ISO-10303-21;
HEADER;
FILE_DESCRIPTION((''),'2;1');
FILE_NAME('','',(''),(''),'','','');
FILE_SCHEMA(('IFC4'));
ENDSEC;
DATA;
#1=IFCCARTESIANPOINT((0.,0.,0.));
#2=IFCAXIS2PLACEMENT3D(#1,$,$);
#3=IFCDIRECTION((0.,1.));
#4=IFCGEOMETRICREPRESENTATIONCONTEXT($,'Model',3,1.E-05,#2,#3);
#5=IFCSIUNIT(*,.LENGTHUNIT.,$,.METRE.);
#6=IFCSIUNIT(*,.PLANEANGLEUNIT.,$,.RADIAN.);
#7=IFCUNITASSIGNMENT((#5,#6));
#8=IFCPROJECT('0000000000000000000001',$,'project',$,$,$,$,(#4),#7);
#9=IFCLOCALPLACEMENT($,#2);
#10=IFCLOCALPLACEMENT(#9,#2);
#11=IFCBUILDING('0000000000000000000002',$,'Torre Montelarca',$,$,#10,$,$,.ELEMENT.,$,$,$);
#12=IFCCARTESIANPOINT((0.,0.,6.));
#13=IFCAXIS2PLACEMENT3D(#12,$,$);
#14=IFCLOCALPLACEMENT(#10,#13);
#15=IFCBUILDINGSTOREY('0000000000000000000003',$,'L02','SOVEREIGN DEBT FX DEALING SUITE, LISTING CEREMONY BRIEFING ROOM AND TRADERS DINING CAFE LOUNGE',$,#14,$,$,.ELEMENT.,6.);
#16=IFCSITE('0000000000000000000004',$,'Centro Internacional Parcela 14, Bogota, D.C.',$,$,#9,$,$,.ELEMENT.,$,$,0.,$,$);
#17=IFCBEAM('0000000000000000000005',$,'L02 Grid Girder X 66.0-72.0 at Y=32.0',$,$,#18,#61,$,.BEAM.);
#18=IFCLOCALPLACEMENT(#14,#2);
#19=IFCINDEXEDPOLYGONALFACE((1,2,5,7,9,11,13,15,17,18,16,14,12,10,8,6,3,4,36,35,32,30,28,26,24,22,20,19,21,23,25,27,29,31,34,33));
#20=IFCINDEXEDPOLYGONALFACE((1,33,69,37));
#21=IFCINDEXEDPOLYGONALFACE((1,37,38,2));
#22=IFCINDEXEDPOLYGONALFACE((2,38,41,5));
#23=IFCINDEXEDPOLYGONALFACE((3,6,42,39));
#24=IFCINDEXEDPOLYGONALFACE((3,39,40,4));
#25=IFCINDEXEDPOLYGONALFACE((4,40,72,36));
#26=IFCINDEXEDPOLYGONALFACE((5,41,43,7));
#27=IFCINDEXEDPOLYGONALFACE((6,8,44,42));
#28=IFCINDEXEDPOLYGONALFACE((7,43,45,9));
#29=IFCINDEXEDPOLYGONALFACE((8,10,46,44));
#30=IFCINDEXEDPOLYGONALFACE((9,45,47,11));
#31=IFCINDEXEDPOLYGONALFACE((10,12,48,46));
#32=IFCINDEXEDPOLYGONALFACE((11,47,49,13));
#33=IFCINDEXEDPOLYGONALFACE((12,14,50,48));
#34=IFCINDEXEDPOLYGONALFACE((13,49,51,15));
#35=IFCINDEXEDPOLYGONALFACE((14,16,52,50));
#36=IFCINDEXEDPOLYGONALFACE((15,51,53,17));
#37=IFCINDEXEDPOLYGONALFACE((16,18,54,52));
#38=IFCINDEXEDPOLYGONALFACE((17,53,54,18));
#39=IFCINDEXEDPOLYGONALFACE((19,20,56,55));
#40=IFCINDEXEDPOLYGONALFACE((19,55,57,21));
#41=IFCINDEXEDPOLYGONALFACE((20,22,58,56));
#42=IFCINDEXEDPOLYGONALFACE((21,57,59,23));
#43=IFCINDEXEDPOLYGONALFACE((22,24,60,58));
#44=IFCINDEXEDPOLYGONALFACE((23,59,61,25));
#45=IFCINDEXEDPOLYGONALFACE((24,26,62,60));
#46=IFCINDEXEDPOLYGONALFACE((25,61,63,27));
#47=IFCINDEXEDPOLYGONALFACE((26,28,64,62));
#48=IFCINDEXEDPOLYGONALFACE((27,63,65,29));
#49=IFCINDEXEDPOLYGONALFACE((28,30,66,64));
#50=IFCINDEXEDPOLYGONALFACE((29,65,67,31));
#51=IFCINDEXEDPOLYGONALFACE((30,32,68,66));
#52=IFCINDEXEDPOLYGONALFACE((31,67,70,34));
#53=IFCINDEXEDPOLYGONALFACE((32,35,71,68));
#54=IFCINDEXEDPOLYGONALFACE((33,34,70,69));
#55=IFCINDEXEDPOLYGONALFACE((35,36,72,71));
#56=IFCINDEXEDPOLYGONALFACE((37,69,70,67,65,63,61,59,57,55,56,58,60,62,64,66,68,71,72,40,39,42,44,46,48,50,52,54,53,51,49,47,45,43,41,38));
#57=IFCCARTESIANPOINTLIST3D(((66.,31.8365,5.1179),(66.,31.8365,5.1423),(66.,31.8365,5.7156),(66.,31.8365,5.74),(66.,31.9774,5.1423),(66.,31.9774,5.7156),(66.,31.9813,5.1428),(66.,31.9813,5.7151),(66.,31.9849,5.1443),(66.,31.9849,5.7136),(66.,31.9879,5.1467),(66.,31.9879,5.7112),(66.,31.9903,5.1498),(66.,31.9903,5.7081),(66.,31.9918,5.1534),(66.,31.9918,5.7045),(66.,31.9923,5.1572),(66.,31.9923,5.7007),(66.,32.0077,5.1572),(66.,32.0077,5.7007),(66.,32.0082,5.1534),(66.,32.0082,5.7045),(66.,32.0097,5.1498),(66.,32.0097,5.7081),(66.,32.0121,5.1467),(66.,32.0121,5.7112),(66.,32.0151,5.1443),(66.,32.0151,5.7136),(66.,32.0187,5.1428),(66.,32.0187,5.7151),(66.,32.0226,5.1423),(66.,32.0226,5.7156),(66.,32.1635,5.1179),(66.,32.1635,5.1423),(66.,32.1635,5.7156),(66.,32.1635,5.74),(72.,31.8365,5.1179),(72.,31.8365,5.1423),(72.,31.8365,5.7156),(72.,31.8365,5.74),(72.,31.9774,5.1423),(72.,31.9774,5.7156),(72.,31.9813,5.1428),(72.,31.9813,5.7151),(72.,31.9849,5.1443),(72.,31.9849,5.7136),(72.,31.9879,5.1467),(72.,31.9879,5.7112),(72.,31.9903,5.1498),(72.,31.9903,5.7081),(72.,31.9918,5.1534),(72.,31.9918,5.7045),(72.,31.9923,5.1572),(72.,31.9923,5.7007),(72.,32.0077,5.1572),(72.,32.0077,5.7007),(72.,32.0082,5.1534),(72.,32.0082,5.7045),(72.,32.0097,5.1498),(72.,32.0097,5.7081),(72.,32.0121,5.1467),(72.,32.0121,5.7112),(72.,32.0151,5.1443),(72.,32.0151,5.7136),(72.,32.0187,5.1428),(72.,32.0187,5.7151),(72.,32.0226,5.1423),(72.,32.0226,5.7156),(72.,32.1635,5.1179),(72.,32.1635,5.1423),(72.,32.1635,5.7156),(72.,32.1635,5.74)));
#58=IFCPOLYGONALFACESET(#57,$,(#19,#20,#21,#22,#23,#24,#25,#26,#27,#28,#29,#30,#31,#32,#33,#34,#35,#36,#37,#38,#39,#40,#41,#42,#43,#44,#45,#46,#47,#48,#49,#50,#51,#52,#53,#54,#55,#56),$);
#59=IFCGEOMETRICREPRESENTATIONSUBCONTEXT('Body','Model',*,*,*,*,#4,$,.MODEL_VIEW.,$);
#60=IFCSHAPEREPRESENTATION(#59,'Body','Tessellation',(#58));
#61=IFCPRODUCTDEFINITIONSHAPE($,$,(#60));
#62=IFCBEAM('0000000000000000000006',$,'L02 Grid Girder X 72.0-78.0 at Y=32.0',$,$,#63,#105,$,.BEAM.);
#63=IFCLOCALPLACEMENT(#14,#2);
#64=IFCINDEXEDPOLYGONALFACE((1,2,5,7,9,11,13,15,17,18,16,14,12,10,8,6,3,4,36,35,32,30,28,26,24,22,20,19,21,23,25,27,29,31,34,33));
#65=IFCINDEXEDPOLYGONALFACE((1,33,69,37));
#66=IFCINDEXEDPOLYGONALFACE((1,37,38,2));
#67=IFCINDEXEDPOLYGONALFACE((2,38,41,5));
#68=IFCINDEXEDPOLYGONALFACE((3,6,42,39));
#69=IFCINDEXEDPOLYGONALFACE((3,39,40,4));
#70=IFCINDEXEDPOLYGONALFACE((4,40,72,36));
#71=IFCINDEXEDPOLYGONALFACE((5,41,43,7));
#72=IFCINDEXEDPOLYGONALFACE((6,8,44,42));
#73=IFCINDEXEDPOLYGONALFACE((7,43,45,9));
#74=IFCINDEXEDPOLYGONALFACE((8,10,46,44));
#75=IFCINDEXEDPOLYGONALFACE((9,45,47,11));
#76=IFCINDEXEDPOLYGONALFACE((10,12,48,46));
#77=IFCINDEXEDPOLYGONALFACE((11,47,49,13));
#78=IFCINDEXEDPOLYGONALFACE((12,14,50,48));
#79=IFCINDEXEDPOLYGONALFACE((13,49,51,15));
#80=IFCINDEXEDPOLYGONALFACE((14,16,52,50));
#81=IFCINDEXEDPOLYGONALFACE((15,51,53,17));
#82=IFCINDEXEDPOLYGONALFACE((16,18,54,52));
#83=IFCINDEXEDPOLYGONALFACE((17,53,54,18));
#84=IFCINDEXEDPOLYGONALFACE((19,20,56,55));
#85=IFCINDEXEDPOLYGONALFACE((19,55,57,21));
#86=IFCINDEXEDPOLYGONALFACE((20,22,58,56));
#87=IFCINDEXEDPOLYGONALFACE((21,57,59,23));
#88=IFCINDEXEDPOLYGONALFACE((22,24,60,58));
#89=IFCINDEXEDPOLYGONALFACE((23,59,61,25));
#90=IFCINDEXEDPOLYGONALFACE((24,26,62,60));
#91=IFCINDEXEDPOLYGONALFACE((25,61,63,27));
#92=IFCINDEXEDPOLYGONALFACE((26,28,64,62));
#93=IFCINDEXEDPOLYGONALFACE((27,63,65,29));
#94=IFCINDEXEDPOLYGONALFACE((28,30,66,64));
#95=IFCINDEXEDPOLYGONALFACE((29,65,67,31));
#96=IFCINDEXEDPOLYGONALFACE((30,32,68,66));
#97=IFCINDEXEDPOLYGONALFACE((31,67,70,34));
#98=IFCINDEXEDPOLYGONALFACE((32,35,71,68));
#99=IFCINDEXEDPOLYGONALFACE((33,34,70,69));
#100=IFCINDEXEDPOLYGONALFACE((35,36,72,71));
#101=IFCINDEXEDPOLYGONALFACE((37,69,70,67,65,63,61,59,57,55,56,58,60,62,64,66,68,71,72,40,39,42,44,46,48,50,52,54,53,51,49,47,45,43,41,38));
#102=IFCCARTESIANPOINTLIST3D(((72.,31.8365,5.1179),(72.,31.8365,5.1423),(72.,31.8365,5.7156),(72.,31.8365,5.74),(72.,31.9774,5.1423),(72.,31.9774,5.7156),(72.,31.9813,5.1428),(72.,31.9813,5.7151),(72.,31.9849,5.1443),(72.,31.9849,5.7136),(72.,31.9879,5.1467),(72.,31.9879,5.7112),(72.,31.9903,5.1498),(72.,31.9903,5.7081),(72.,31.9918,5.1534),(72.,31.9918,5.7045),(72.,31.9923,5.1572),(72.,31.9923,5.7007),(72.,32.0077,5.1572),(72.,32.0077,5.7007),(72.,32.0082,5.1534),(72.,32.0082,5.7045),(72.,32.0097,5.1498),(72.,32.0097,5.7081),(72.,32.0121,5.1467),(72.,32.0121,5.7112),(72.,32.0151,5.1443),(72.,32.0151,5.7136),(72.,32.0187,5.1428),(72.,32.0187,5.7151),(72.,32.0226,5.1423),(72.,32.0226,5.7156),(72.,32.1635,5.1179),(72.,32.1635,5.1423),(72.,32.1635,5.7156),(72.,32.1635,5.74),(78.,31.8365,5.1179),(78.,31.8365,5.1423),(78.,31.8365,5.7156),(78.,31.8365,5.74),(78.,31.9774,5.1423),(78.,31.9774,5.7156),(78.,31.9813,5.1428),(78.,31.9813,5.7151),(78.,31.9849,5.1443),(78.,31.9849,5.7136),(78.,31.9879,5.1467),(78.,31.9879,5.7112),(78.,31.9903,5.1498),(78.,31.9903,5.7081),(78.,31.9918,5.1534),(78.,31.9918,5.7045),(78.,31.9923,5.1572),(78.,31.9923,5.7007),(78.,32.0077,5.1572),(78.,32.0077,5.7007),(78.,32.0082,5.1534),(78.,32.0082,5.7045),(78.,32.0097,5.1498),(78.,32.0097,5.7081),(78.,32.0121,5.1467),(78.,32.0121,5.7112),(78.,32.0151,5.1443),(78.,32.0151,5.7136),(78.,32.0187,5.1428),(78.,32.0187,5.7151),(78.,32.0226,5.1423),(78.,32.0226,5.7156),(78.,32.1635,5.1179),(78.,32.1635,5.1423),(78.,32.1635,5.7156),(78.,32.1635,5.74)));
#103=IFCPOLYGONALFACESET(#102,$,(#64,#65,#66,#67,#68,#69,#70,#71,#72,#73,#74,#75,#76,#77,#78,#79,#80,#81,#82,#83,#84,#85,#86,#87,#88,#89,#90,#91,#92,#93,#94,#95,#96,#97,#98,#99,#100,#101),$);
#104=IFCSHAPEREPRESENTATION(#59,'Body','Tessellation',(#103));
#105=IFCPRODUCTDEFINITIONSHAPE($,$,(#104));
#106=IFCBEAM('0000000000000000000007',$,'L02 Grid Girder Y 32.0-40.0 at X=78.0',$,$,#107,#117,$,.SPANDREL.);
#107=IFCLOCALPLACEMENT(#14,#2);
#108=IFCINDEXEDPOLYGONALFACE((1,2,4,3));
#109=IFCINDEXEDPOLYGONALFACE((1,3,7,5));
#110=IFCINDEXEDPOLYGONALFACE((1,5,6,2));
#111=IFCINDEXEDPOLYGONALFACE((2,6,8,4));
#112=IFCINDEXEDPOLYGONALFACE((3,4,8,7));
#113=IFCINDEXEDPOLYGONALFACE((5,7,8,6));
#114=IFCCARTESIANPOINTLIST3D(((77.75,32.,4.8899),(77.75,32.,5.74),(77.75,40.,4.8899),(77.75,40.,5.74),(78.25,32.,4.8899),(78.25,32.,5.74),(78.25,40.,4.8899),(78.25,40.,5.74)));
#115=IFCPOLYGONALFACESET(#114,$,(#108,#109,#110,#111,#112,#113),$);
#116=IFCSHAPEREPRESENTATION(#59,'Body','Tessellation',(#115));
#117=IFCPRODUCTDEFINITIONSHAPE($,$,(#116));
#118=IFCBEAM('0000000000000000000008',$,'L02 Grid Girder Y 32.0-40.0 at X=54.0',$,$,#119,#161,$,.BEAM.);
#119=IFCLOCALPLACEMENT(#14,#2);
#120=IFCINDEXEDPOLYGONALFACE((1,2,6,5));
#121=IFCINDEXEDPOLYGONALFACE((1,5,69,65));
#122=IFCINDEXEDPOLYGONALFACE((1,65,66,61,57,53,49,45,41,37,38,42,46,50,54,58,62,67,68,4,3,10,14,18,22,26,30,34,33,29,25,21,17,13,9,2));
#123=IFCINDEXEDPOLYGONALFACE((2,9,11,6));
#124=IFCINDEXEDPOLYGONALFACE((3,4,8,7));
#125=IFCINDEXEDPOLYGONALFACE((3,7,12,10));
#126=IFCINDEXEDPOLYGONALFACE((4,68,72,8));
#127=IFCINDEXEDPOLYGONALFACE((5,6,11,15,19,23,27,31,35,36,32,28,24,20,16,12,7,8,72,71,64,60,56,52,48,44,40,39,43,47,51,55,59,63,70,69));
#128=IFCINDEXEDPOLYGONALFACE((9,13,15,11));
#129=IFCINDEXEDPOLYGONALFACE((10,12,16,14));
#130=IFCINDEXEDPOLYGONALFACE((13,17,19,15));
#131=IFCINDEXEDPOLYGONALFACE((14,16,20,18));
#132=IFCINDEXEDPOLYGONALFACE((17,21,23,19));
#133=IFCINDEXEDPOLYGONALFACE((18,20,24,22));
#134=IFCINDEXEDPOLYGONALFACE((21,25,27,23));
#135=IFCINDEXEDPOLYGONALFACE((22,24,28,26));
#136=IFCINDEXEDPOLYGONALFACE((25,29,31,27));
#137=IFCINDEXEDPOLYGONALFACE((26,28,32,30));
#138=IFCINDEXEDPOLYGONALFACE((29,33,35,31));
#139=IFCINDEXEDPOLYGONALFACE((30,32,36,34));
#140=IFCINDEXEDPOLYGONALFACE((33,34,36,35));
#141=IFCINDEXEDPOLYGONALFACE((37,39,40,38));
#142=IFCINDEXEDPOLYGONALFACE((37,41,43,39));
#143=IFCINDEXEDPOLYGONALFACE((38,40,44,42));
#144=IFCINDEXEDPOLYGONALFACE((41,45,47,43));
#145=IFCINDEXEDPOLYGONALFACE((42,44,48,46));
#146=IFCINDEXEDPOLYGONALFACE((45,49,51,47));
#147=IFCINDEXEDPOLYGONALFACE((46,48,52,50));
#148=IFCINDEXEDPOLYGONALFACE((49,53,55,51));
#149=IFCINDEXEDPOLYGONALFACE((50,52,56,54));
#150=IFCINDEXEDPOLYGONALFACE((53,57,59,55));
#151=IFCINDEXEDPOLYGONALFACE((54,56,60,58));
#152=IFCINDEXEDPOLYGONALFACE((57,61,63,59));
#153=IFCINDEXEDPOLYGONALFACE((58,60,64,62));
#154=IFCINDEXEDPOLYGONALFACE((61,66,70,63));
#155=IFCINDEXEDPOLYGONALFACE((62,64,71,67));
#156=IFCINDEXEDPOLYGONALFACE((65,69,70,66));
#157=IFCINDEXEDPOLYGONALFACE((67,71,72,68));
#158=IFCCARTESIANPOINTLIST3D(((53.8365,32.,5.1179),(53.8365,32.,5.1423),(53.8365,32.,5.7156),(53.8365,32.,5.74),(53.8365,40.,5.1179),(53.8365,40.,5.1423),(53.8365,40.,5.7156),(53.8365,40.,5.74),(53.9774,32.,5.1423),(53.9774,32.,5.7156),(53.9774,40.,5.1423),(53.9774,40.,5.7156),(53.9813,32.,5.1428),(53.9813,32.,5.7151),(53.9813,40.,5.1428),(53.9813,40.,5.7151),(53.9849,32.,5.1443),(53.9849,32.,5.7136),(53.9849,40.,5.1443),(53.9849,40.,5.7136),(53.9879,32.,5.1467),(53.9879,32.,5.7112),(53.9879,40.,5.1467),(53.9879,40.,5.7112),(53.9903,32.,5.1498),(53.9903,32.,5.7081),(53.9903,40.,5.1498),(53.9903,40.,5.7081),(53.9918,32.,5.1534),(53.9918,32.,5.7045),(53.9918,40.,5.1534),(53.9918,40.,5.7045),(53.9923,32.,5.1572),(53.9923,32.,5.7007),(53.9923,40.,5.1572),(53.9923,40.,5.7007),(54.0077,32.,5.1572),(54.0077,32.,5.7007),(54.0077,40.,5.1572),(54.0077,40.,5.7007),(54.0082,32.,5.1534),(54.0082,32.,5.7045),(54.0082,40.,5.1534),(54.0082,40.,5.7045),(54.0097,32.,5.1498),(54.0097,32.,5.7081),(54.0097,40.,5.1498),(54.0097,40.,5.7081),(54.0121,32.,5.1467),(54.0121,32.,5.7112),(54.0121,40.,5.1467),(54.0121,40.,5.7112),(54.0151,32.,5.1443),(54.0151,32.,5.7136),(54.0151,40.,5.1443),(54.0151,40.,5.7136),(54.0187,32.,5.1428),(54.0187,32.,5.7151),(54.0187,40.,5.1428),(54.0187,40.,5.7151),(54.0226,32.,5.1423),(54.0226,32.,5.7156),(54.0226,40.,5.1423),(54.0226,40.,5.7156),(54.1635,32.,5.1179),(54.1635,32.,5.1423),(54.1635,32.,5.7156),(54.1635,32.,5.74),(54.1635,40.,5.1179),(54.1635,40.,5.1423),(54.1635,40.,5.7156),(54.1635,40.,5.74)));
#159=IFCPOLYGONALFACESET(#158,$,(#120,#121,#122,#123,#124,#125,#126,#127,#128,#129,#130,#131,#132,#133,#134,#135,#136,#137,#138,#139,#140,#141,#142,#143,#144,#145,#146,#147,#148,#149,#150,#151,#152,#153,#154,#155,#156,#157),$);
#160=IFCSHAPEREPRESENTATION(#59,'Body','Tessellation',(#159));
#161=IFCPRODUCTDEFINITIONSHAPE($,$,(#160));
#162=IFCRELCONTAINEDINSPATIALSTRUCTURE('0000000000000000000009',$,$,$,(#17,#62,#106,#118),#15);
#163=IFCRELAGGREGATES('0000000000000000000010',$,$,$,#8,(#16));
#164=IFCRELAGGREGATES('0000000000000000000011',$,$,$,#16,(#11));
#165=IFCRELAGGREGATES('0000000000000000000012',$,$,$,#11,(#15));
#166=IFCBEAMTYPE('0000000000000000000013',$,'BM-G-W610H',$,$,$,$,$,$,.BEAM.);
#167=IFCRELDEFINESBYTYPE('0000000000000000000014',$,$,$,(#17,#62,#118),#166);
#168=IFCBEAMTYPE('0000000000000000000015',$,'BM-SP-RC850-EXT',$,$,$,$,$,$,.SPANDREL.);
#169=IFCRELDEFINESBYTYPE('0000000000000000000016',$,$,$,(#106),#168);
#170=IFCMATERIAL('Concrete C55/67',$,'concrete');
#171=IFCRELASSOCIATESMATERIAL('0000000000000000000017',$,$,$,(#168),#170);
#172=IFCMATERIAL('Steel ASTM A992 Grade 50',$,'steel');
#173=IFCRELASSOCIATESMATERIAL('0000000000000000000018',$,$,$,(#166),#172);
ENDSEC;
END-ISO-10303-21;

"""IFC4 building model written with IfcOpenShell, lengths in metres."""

from ifc_helpers import new_model, si_unit, direction, frame, origin, origin_2d, place, context, subcontext, project, spatial, rectangle, i_section, extrude, source, transform, mapped, material, material_profile, profile_set, type_object, element, save


model = new_model("IFC4")

# Units and contexts
model_context = context("Model", 3, precision=1e-05, world=origin(), true_north=direction((0.0, 1.0)))
body_context = subcontext(model_context, "Body", "Model", "MODEL_VIEW")
ifc_project = project(units=[si_unit("LENGTHUNIT", "METRE"), si_unit("PLANEANGLEUNIT", "RADIAN")], contexts=[model_context])

# Site, building, storey
site_placement = place(None, origin())
site = spatial("IfcSite", under=ifc_project, at=site_placement, Name="Centro Internacional Parcela 14, Bogota, D.C.", CompositionType="ELEMENT", RefElevation=0.0)
building_placement = place(site_placement, origin())
building = spatial("IfcBuilding", under=site, at=building_placement, Name="Torre Montelarca", CompositionType="ELEMENT")
storey_placement = place(building_placement, frame((0.0, 0.0, 6.0)))
storey = spatial("IfcBuildingStorey", under=building, at=storey_placement, Name="L02", Description="SOVEREIGN DEBT FX DEALING SUITE, LISTING CEREMONY BRIEFING ROOM AND TRADERS DINING CAFE LOUNGE", CompositionType="ELEMENT", Elevation=6.0)

# Shared definitions
ifc_material_1 = material(Name="Steel ASTM A992 Grade 50", Category="steel")

# Beams
ifc_material_2 = material(Name="Concrete C55/67", Category="concrete")
ifc_material_profile_1 = material_profile(ifc_material_2, rectangle(XDim=0.5, YDim=0.8501, at=origin_2d()), Name="RCB500X850", Category="concrete")
ifc_profile_set_1 = profile_set([ifc_material_profile_1], Name="Concrete C55/67")
beam_type_1 = type_object("IfcBeamType", Name="BM-SP-RC850-EXT", PredefinedType="SPANDREL", material=ifc_profile_set_1)
ifc_material_profile_2 = material_profile(ifc_material_1, i_section(OverallWidth=0.3269, OverallDepth=0.6221, WebThickness=0.0154, FlangeThickness=0.0244, FilletRadius=0.0149, at=origin_2d()), Name="W610X195", Category="steel")
ifc_profile_set_2 = profile_set([ifc_material_profile_2], Name="Steel ASTM A992 Grade 50")
beam_type_2 = type_object("IfcBeamType", Name="BM-G-W610H", PredefinedType="BEAM", material=ifc_profile_set_2)
shared_shape_1 = source(origin(), body_context, "Body", "SweptSolid", [
    extrude(i_section(OverallWidth=0.3269, OverallDepth=0.6221, WebThickness=0.0154, FlangeThickness=0.0244, FilletRadius=0.0149, at=origin_2d()), origin(), (0.0, 0.0, 1.0), 6.0),
])
for number, where, z_axis, x_axis, name in (
    (1, (66.0, 32.0, 5.429), (1.0, 0.0, 0.0), (0.0, 1.0, 0.0), "L02 Grid Girder X 66.0-72.0 at Y=32.0"),
    (2, (72.0, 32.0, 5.429), (1.0, 0.0, 0.0), (0.0, 1.0, 0.0), "L02 Grid Girder X 72.0-78.0 at Y=32.0"),
):
    element("IfcBeam", number, at=place(storey_placement, frame(where, z_axis=z_axis, x_axis=x_axis)), inside=storey, type_object=beam_type_2, Name=name, PredefinedType="BEAM", context=body_context, shape_type="MappedRepresentation", body=[
        mapped(shared_shape_1, transform((0.0, 0.0, 0.0), scale=1.0)),
    ])
shared_shape_2 = source(origin(), body_context, "Body", "SweptSolid", [
    extrude(rectangle(XDim=0.5, YDim=0.8501, at=origin_2d()), origin(), (0.0, 0.0, 1.0), 8.0),
])
beam_placement = place(storey_placement, frame((78.0, 32.0, 5.3149), z_axis=(0.0, 1.0, 0.0), x_axis=(-1.0, 0.0, 0.0)))
element("IfcBeam", 3, at=beam_placement, inside=storey, type_object=beam_type_1, Name="L02 Grid Girder Y 32.0-40.0 at X=78.0", PredefinedType="SPANDREL", context=body_context, shape_type="MappedRepresentation", body=[
    mapped(shared_shape_2, transform((0.0, 0.0, 0.0), scale=1.0)),
])
shared_shape_3 = source(origin(), body_context, "Body", "SweptSolid", [
    extrude(i_section(OverallWidth=0.3269, OverallDepth=0.6221, WebThickness=0.0154, FlangeThickness=0.0244, FilletRadius=0.0149, at=origin_2d()), origin(), (0.0, 0.0, 1.0), 8.0),
])
for number, where, z_axis, x_axis, name in (
    (4, (54.0, 32.0, 5.429), (0.0, 1.0, 0.0), (-1.0, 0.0, 0.0), "L02 Grid Girder Y 32.0-40.0 at X=54.0"),
):
    element("IfcBeam", number, at=place(storey_placement, frame(where, z_axis=z_axis, x_axis=x_axis)), inside=storey, type_object=beam_type_2, Name=name, PredefinedType="BEAM", context=body_context, shape_type="MappedRepresentation", body=[
        mapped(shared_shape_3, transform((0.0, 0.0, 0.0), scale=1.0)),
    ])

save(model, "model.ifc")
